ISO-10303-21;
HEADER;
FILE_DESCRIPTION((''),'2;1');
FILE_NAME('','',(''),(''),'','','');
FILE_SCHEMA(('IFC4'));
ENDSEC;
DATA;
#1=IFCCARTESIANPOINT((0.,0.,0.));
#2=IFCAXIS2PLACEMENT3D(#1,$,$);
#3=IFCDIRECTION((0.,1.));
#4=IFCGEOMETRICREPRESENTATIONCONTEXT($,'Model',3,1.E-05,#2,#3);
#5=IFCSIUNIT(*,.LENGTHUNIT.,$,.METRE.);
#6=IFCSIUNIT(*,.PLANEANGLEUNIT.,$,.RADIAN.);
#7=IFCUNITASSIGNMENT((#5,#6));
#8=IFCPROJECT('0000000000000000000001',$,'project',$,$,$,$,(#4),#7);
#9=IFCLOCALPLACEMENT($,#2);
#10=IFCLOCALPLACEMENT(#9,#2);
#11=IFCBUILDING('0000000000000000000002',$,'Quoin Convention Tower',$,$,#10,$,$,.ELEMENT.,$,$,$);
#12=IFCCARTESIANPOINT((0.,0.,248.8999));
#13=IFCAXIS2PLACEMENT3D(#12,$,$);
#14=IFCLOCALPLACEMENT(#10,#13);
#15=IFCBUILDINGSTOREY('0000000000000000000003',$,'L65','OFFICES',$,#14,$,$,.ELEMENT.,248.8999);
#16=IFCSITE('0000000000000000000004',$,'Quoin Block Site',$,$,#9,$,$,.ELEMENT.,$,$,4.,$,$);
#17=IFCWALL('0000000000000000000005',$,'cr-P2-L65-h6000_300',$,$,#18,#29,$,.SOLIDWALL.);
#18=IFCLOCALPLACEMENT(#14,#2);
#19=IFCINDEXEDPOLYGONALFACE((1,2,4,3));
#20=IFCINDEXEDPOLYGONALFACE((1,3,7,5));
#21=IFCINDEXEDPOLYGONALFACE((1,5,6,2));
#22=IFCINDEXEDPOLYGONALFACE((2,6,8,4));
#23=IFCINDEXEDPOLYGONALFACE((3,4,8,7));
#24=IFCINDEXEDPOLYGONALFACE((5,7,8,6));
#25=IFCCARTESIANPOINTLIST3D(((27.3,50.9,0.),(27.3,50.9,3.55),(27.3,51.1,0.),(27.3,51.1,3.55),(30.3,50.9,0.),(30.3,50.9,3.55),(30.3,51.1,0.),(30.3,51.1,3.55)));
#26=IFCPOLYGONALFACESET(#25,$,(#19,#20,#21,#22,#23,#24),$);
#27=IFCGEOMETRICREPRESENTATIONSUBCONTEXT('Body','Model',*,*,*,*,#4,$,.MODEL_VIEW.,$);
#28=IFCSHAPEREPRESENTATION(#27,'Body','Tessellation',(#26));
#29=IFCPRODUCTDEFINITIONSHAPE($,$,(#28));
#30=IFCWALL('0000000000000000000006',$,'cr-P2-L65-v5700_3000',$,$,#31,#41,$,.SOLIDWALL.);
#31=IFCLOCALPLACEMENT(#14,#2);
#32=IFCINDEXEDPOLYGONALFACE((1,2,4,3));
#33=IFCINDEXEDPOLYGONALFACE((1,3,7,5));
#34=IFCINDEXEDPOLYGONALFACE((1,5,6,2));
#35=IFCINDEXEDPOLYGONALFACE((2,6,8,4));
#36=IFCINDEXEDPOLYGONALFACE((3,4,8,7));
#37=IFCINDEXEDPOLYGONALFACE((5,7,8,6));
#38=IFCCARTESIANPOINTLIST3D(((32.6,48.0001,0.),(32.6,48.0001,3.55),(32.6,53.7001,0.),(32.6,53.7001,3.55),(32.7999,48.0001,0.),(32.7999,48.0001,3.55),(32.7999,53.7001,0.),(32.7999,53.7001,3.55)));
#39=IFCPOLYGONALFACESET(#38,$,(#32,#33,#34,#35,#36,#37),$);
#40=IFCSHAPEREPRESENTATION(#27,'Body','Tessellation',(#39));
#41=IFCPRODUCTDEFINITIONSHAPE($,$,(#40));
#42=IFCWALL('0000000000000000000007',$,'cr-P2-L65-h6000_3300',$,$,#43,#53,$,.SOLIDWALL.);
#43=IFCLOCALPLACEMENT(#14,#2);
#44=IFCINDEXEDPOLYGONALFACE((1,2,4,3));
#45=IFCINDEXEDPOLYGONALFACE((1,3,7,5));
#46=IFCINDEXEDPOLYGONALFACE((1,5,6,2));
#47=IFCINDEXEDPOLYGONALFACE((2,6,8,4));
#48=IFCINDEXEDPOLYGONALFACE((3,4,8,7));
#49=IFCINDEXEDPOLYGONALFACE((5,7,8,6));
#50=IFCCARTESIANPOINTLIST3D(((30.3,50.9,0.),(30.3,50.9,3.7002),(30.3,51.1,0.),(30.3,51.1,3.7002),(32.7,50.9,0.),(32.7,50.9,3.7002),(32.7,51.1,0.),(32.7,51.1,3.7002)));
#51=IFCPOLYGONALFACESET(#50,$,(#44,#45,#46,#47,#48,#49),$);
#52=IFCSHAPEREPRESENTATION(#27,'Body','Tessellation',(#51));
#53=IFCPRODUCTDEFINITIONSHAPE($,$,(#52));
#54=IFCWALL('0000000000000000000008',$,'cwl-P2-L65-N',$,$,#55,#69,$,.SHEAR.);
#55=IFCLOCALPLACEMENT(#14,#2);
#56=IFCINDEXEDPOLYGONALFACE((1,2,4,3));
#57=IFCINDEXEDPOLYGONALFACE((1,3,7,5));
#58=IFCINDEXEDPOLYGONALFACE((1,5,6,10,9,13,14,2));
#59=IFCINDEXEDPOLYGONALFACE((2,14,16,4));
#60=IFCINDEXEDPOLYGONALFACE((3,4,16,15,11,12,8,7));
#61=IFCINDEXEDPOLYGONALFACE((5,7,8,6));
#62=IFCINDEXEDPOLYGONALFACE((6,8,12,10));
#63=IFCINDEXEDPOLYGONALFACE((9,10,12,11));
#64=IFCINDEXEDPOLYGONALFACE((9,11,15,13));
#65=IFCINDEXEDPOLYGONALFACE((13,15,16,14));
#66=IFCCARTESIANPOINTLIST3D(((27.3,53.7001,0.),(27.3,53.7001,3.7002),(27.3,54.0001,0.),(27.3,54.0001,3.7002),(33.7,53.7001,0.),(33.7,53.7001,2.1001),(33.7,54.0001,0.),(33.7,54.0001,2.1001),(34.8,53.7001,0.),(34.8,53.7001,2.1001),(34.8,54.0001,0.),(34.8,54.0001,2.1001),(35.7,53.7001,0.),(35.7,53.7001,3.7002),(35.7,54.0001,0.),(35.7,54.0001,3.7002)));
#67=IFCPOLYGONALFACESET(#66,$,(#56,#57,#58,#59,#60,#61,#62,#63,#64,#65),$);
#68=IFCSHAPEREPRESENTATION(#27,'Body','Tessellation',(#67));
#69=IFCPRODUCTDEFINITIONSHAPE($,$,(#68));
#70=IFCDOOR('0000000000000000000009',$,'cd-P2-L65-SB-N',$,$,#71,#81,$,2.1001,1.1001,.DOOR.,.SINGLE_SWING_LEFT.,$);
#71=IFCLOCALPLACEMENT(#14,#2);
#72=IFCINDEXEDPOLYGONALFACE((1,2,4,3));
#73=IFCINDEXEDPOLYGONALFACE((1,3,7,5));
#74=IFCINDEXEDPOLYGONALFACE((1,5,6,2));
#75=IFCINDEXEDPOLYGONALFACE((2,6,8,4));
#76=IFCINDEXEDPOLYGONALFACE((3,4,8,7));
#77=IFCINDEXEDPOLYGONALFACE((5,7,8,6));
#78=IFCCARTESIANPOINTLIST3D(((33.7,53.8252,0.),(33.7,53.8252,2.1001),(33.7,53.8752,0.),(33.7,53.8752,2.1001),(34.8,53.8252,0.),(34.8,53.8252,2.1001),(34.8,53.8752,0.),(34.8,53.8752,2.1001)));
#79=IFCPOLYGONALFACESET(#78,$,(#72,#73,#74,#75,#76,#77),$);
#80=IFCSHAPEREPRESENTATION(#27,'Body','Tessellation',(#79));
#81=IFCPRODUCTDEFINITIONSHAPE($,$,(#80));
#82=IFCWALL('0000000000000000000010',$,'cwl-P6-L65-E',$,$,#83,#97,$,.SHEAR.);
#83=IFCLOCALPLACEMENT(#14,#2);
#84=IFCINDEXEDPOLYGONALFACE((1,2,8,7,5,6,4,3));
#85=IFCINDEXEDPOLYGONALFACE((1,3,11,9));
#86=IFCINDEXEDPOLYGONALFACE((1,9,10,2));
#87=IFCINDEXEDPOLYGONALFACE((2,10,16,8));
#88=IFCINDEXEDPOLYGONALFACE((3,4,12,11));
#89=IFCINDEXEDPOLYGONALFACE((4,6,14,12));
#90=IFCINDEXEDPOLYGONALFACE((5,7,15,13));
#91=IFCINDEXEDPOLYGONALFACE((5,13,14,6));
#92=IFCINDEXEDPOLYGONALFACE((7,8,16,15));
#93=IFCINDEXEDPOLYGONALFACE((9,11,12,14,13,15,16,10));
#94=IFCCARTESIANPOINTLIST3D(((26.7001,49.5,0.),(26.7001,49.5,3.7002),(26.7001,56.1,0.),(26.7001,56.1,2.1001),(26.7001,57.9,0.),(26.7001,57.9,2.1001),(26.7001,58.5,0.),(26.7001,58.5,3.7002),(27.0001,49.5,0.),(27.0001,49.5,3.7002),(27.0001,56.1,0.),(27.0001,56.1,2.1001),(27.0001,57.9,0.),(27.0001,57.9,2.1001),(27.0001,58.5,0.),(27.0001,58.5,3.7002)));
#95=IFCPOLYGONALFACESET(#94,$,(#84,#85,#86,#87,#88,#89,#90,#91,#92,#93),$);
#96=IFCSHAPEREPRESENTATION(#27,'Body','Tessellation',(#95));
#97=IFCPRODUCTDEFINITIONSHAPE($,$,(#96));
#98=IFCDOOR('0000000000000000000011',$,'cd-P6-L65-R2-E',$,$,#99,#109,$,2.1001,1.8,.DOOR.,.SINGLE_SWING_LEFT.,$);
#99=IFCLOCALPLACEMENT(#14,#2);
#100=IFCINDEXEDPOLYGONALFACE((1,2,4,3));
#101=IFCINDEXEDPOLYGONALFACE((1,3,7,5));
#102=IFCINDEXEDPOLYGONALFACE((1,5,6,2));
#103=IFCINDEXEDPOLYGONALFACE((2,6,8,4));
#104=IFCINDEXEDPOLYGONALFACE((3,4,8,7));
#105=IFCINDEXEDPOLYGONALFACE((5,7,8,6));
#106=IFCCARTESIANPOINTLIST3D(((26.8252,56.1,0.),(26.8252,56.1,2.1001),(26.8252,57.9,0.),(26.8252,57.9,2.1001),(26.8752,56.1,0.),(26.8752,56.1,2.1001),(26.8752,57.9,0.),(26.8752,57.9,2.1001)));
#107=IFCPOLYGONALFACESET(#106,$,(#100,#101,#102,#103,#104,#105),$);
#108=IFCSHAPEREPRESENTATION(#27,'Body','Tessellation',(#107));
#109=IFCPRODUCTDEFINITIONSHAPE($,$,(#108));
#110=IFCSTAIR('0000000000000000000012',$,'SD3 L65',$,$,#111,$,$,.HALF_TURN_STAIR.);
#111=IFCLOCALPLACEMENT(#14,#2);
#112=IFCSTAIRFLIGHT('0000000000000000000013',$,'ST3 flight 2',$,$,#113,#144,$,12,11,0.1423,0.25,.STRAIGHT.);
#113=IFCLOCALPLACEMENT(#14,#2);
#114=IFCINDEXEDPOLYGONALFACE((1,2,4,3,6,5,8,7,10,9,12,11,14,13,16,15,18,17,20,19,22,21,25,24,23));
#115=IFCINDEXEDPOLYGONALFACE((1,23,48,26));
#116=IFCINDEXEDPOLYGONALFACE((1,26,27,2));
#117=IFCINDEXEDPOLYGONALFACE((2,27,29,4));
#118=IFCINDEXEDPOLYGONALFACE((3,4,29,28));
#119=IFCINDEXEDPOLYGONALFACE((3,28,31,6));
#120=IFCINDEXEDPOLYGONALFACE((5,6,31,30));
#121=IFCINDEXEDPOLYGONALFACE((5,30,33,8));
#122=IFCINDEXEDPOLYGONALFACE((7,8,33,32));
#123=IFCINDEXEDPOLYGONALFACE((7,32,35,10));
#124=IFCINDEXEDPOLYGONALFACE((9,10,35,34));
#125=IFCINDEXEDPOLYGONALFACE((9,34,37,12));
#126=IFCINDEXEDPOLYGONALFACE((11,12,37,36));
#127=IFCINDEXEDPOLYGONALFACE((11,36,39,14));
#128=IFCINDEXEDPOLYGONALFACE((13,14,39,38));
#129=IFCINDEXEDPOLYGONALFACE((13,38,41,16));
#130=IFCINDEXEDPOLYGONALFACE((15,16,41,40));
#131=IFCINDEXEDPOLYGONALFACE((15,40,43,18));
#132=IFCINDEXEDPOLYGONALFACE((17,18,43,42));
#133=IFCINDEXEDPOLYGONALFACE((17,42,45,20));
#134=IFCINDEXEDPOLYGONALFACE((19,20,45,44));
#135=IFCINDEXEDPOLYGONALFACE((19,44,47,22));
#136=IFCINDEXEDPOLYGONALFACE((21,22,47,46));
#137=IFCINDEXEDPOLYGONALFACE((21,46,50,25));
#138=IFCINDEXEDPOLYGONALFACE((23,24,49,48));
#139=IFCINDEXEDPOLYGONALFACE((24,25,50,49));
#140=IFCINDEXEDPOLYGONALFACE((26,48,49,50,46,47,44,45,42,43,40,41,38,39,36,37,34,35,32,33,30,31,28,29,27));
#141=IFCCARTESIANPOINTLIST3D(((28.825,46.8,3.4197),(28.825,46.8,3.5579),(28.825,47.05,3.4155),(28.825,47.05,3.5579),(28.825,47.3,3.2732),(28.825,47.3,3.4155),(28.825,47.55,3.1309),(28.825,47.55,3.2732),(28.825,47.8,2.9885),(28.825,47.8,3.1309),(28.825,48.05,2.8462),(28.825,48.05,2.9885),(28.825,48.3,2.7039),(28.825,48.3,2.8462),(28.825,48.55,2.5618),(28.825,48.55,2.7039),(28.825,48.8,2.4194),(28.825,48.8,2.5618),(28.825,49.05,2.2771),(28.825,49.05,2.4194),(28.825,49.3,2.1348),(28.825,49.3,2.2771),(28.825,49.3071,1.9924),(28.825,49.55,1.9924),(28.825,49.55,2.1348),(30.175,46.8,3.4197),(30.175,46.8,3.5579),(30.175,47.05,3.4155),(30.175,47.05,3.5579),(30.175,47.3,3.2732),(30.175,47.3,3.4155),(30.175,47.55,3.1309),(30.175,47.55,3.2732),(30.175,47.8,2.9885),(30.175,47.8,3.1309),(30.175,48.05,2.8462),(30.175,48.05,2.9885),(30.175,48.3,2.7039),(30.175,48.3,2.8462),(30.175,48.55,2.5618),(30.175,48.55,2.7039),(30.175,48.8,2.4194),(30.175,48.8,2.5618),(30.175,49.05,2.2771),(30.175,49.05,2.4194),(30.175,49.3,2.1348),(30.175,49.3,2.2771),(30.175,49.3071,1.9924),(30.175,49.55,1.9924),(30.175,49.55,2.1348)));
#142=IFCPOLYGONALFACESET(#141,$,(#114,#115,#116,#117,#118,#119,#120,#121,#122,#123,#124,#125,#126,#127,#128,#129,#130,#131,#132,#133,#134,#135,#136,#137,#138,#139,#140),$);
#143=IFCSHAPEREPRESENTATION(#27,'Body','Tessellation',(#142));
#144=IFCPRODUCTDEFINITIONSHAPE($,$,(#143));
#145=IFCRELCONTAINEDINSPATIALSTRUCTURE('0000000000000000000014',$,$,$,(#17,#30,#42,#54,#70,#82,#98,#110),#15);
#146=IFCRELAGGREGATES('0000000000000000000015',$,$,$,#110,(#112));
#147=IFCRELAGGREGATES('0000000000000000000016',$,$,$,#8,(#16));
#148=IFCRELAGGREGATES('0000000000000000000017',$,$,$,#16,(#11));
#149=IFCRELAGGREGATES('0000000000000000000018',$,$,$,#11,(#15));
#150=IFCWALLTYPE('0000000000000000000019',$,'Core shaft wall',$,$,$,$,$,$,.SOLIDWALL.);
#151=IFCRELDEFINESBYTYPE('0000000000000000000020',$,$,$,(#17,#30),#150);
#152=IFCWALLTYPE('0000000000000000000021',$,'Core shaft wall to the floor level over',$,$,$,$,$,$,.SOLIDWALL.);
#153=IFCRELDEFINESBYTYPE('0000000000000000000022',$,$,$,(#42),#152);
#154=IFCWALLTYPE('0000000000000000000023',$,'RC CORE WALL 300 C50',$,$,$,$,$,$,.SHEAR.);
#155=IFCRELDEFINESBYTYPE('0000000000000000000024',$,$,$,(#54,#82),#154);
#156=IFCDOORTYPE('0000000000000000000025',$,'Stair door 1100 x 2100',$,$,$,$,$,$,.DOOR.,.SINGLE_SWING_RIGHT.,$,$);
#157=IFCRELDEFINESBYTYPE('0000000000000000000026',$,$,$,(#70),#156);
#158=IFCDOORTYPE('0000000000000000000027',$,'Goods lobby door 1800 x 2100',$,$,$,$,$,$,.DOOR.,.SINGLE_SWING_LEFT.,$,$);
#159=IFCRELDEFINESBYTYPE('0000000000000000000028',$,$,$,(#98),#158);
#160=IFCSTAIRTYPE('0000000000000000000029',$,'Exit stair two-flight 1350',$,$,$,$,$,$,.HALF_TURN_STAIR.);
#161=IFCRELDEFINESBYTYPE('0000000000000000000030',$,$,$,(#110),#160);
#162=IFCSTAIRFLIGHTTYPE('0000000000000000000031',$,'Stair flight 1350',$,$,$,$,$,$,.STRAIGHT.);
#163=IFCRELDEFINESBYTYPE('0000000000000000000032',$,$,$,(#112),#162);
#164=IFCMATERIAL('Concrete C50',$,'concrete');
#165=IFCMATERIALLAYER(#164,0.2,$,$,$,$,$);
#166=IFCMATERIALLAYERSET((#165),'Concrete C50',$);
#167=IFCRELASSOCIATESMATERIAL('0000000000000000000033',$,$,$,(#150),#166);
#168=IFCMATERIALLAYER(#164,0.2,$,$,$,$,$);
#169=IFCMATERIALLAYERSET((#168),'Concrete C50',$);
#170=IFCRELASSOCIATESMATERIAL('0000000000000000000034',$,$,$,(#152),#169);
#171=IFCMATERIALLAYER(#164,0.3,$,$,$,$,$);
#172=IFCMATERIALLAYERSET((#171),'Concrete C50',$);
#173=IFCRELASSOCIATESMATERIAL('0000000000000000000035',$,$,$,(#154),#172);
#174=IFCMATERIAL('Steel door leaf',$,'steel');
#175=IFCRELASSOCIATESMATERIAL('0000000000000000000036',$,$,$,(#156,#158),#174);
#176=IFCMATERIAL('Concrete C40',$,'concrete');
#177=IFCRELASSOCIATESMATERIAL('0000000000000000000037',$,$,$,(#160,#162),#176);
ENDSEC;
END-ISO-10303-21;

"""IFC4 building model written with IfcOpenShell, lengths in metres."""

from ifc_helpers import new_model, si_unit, direction, frame, frame_2d, origin, place, context, subcontext, project, spatial, polyline, rectangle, outline, extrude, material, layer, layer_set, type_object, element, fill, aggregate, save


model = new_model("IFC4")

# Units and contexts
model_context = context("Model", 3, precision=1e-05, world=origin(), true_north=direction((0.0, 1.0)))
body_context = subcontext(model_context, "Body", "Model", "MODEL_VIEW")
ifc_project = project(units=[si_unit("LENGTHUNIT", "METRE"), si_unit("PLANEANGLEUNIT", "RADIAN")], contexts=[model_context])

# Site, building, storey
site_placement = place(None, origin())
site = spatial("IfcSite", under=ifc_project, at=site_placement, Name="Quoin Block Site", CompositionType="ELEMENT", RefElevation=4.0)
building_placement = place(site_placement, origin())
building = spatial("IfcBuilding", under=site, at=building_placement, Name="Quoin Convention Tower", CompositionType="ELEMENT")
storey_placement = place(building_placement, frame((0.0, 0.0, 248.8999)))
storey = spatial("IfcBuildingStorey", under=building, at=storey_placement, Name="L65", Description="OFFICES", CompositionType="ELEMENT", Elevation=248.8999)

# Shared definitions
ifc_material_1 = material(Name="Concrete C50", Category="concrete")

# Walls
ifc_layer_1 = layer(ifc_material_1, 0.2)
ifc_layer_set_1 = layer_set([ifc_layer_1], Name="Concrete C50")
wall_type_1 = type_object("IfcWallType", Name="Core shaft wall", PredefinedType="SOLIDWALL", material=ifc_layer_set_1)
wall_1_placement = place(storey_placement, frame((27.3, 51.0, 0.0), z_axis=(0.0, 0.0, 1.0), x_axis=(1.0, 0.0, 0.0)))
element("IfcWall", 1, at=wall_1_placement, inside=storey, type_object=wall_type_1, Name="cr-P2-L65-h6000_300", PredefinedType="SOLIDWALL", context=body_context, shape_type="SweptSolid", body=[
    extrude(rectangle(XDim=3.0, YDim=0.2, at=frame_2d((1.5, 0.0))), origin(), (0.0, 0.0, 1.0), 3.55),
])
wall_2_placement = place(storey_placement, frame((32.7, 48.0, 0.0), z_axis=(0.0, 0.0, 1.0), x_axis=(0.0, 1.0, 0.0)))
element("IfcWall", 2, at=wall_2_placement, inside=storey, type_object=wall_type_1, Name="cr-P2-L65-v5700_3000", PredefinedType="SOLIDWALL", context=body_context, shape_type="SweptSolid", body=[
    extrude(rectangle(XDim=5.7, YDim=0.2, at=frame_2d((2.8501, 0.0))), origin(), (0.0, 0.0, 1.0), 3.55),
])
ifc_layer_2 = layer(ifc_material_1, 0.2)
ifc_layer_set_2 = layer_set([ifc_layer_2], Name="Concrete C50")
wall_type_2 = type_object("IfcWallType", Name="Core shaft wall to the floor level over", PredefinedType="SOLIDWALL", material=ifc_layer_set_2)
wall_3_placement = place(storey_placement, frame((30.3, 51.0, 0.0), z_axis=(0.0, 0.0, 1.0), x_axis=(1.0, 0.0, 0.0)))
element("IfcWall", 3, at=wall_3_placement, inside=storey, type_object=wall_type_2, Name="cr-P2-L65-h6000_3300", PredefinedType="SOLIDWALL", context=body_context, shape_type="SweptSolid", body=[
    extrude(rectangle(XDim=2.3999, YDim=0.2, at=frame_2d((1.2, 0.0))), origin(), (0.0, 0.0, 1.0), 3.7002),
])

# Walls, openings, doors
ifc_layer_3 = layer(ifc_material_1, 0.3)
ifc_layer_set_3 = layer_set([ifc_layer_3], Name="Concrete C50")
wall_type_3 = type_object("IfcWallType", Name="RC CORE WALL 300 C50", PredefinedType="SHEAR", material=ifc_layer_set_3)
wall_4_placement = place(storey_placement, frame((27.3, 53.8501, 0.0), z_axis=(0.0, 0.0, 1.0), x_axis=(1.0, 0.0, 0.0)))
wall_4 = element("IfcWall", 4, at=wall_4_placement, inside=storey, type_object=wall_type_3, Name="cwl-P2-L65-N", PredefinedType="SHEAR", context=body_context, shape_type="SweptSolid", body=[
    extrude(rectangle(XDim=8.3999, YDim=0.3, at=frame_2d((4.2, 0.0))), origin(), (0.0, 0.0, 1.0), 3.7002),
])
opening_1_placement = place(wall_4_placement, frame((6.3999, 0.0, 0.0)))
opening_1 = element("IfcOpeningElement", 5, at=opening_1_placement, cuts=wall_4, PredefinedType="OPENING", context=body_context, shape_type="SweptSolid", body=[
    extrude(rectangle(XDim=1.1001, YDim=2.1001, at=frame_2d((0.55, 1.05))), frame((0.0, 0.1599, 0.0), z_axis=(0.0, -1.0, 0.0), x_axis=(1.0, 0.0, 0.0)), (0.0, 0.0, 1.0), 0.3201),
])
ifc_material_2 = material(Name="Steel door leaf", Category="steel")
door_type_1 = type_object("IfcDoorType", Name="Stair door 1100 x 2100", OperationType="SINGLE_SWING_RIGHT", PredefinedType="DOOR", material=ifc_material_2)
door_1_placement = place(opening_1_placement, frame((1.1001, 0.0, 0.0), z_axis=(0.0, 0.0, 1.0), x_axis=(-1.0, 0.0, 0.0)))
door_1 = element("IfcDoor", 6, at=door_1_placement, inside=storey, type_object=door_type_1, Name="cd-P2-L65-SB-N", OperationType="SINGLE_SWING_LEFT", OverallHeight=2.1001, OverallWidth=1.1001, PredefinedType="DOOR", context=body_context, shape_type="SweptSolid", body=[
    extrude(rectangle(XDim=1.1001, YDim=2.1001, at=frame_2d((0.55, 1.05))), frame((0.0, 0.0249, 0.0), z_axis=(0.0, -1.0, 0.0), x_axis=(1.0, 0.0, 0.0)), (0.0, 0.0, 1.0), 0.05),
])
fill(opening_1, door_1)
wall_5_placement = place(storey_placement, frame((26.8501, 49.5, 0.0), z_axis=(0.0, 0.0, 1.0), x_axis=(0.0, 1.0, 0.0)))
wall_5 = element("IfcWall", 7, at=wall_5_placement, inside=storey, type_object=wall_type_3, Name="cwl-P6-L65-E", PredefinedType="SHEAR", context=body_context, shape_type="SweptSolid", body=[
    extrude(rectangle(XDim=9.0, YDim=0.3, at=frame_2d((4.5, 0.0))), origin(), (0.0, 0.0, 1.0), 3.7002),
])
opening_2_placement = place(wall_5_placement, frame((6.6001, 0.0, 0.0)))
opening_2 = element("IfcOpeningElement", 8, at=opening_2_placement, cuts=wall_5, PredefinedType="OPENING", context=body_context, shape_type="SweptSolid", body=[
    extrude(rectangle(XDim=1.8, YDim=2.1001, at=frame_2d((0.8999, 1.05))), frame((0.0, 0.1599, 0.0), z_axis=(0.0, -1.0, 0.0), x_axis=(1.0, 0.0, 0.0)), (0.0, 0.0, 1.0), 0.3201),
])
door_type_2 = type_object("IfcDoorType", Name="Goods lobby door 1800 x 2100", OperationType="SINGLE_SWING_LEFT", PredefinedType="DOOR", material=ifc_material_2)
door_2_placement = place(opening_2_placement, origin())
door_2 = element("IfcDoor", 9, at=door_2_placement, inside=storey, type_object=door_type_2, Name="cd-P6-L65-R2-E", OperationType="SINGLE_SWING_LEFT", OverallHeight=2.1001, OverallWidth=1.8, PredefinedType="DOOR", context=body_context, shape_type="SweptSolid", body=[
    extrude(rectangle(XDim=1.8, YDim=2.1001, at=frame_2d((0.8999, 1.05))), frame((0.0, 0.0249, 0.0), z_axis=(0.0, -1.0, 0.0), x_axis=(1.0, 0.0, 0.0)), (0.0, 0.0, 1.0), 0.05),
])
fill(opening_2, door_2)

# Stair, stair flight
ifc_material_3 = material(Name="Concrete C40", Category="concrete")
stair_type_1 = type_object("IfcStairType", Name="Exit stair two-flight 1350", PredefinedType="HALF_TURN_STAIR", material=ifc_material_3)
stair_1_placement = place(storey_placement, origin())
stair_1 = element("IfcStair", 10, at=stair_1_placement, inside=storey, type_object=stair_type_1, Name="SD3 L65", PredefinedType="HALF_TURN_STAIR")
stair_flight_type_1 = type_object("IfcStairFlightType", Name="Stair flight 1350", PredefinedType="STRAIGHT", material=ifc_material_3)
stair_flight_1_placement = place(storey_placement, frame((29.5, 49.55, 1.9924), z_axis=(0.0, 0.0, 1.0), x_axis=(0.0, -1.0, 0.0)))
stair_flight_1 = element("IfcStairFlight", 11, at=stair_flight_1_placement, type_object=stair_flight_type_1, Name="ST3 flight 2", NumberOfRisers=12, NumberOfTreads=11, PredefinedType="STRAIGHT", RiserHeight=0.1423, TreadLength=0.25, context=body_context, shape_type="SweptSolid", body=[
    extrude(outline(polyline([(0.0, 0.0), (0.0, 0.1423), (0.25, 0.1423), (0.25, 0.2847), (0.5, 0.2847), (0.5, 0.427), (0.75, 0.427), (0.75, 0.5693), (1.0, 0.5693), (1.0, 0.7114), (1.25, 0.7114), (1.25, 0.8538), (1.5, 0.8538), (1.5, 0.9961), (1.75, 0.9961), (1.75, 1.1384), (2.0, 1.1384), (2.0, 1.2808), (2.25, 1.2808), (2.25, 1.4231), (2.5, 1.4231), (2.5, 1.5654), (2.75, 1.5654), (2.75, 1.7078), (2.75, 1.4272), (0.2429, 0.0), (0.0, 0.0)])), frame((0.0, 0.675, 0.0), z_axis=(0.0, -1.0, 0.0), x_axis=(1.0, 0.0, 0.0)), (0.0, 0.0, 1.0), 1.3501),
])
aggregate(stair_1, [stair_flight_1])

save(model, "model.ifc")
